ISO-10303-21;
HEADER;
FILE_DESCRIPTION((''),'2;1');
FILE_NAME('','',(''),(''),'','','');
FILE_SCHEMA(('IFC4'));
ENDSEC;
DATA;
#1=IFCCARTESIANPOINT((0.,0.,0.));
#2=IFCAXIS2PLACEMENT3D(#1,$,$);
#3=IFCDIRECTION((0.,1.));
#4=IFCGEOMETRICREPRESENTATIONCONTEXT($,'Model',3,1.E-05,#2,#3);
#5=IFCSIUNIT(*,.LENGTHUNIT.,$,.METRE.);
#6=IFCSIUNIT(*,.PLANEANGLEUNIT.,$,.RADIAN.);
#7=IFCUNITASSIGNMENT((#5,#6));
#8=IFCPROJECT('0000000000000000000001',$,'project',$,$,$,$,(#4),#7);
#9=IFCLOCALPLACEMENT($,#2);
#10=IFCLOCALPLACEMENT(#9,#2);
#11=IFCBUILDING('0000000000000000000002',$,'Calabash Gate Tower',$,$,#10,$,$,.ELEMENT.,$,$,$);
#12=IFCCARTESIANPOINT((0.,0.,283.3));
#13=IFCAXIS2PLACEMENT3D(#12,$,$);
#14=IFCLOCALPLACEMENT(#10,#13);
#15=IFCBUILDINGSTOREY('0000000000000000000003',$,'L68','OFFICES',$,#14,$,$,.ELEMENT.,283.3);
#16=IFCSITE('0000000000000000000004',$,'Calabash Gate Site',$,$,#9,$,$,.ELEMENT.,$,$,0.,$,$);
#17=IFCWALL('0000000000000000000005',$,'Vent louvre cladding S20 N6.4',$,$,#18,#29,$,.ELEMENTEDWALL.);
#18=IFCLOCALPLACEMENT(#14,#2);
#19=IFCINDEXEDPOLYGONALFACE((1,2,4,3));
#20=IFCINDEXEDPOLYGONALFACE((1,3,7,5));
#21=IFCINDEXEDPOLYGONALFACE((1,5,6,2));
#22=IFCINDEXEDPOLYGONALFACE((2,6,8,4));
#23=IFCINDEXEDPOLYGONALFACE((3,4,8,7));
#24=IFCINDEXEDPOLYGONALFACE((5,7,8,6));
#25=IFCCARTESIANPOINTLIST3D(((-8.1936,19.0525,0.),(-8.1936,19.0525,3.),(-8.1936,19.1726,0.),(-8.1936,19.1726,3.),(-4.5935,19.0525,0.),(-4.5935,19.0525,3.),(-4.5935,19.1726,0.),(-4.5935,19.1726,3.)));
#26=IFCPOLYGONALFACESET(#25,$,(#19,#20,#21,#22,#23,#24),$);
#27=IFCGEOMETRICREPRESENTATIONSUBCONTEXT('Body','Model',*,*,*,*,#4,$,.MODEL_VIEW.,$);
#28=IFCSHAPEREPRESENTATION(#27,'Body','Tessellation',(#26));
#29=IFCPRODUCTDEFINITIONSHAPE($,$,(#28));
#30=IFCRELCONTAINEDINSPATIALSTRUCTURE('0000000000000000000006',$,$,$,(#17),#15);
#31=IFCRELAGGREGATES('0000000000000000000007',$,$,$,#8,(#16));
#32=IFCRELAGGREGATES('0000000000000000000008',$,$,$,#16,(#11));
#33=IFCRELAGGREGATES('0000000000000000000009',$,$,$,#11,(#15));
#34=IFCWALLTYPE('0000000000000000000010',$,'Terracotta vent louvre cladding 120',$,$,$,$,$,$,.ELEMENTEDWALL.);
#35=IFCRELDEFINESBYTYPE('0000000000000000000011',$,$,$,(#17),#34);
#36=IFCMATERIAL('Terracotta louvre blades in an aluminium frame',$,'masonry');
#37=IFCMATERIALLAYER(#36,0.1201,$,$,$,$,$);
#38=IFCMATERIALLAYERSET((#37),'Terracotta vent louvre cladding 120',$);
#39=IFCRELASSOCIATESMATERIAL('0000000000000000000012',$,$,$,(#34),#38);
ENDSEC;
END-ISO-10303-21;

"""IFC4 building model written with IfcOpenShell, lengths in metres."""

from ifc_helpers import new_model, si_unit, direction, frame, origin, place, context, subcontext, project, spatial, polyline, outline, extrude, material, layer, layer_set, type_object, element, save


model = new_model("IFC4")

# Units and contexts
model_context = context("Model", 3, precision=1e-05, world=origin(), true_north=direction((0.0, 1.0)))
body_context = subcontext(model_context, "Body", "Model", "MODEL_VIEW")
ifc_project = project(units=[si_unit("LENGTHUNIT", "METRE"), si_unit("PLANEANGLEUNIT", "RADIAN")], contexts=[model_context])

# Site, building, storey
site_placement = place(None, origin())
site = spatial("IfcSite", under=ifc_project, at=site_placement, Name="Calabash Gate Site", CompositionType="ELEMENT", RefElevation=0.0)
building_placement = place(site_placement, origin())
building = spatial("IfcBuilding", under=site, at=building_placement, Name="Calabash Gate Tower", CompositionType="ELEMENT")
storey_placement = place(building_placement, frame((0.0, 0.0, 283.3)))
storey = spatial("IfcBuildingStorey", under=building, at=storey_placement, Name="L68", Description="OFFICES", CompositionType="ELEMENT", Elevation=283.3)

# Wall
ifc_material_1 = material(Name="Terracotta louvre blades in an aluminium frame", Category="masonry")
ifc_layer_1 = layer(ifc_material_1, 0.1201)
ifc_layer_set_1 = layer_set([ifc_layer_1], Name="Terracotta vent louvre cladding 120")
wall_type_1 = type_object("IfcWallType", Name="Terracotta vent louvre cladding 120", PredefinedType="ELEMENTEDWALL", material=ifc_layer_set_1)
wall_1_placement = place(storey_placement, origin())
element("IfcWall", 1, at=wall_1_placement, inside=storey, type_object=wall_type_1, Name="Vent louvre cladding S20 N6.4", PredefinedType="ELEMENTEDWALL", context=body_context, shape_type="SweptSolid", body=[
    extrude(outline(polyline([(-8.1936, 19.1726), (-8.1936, 19.0525), (-4.5935, 19.0525), (-4.5935, 19.1726), (-8.1936, 19.1726)])), origin(), (0.0, 0.0, 1.0), 3.0),
])

save(model, "model.ifc")
